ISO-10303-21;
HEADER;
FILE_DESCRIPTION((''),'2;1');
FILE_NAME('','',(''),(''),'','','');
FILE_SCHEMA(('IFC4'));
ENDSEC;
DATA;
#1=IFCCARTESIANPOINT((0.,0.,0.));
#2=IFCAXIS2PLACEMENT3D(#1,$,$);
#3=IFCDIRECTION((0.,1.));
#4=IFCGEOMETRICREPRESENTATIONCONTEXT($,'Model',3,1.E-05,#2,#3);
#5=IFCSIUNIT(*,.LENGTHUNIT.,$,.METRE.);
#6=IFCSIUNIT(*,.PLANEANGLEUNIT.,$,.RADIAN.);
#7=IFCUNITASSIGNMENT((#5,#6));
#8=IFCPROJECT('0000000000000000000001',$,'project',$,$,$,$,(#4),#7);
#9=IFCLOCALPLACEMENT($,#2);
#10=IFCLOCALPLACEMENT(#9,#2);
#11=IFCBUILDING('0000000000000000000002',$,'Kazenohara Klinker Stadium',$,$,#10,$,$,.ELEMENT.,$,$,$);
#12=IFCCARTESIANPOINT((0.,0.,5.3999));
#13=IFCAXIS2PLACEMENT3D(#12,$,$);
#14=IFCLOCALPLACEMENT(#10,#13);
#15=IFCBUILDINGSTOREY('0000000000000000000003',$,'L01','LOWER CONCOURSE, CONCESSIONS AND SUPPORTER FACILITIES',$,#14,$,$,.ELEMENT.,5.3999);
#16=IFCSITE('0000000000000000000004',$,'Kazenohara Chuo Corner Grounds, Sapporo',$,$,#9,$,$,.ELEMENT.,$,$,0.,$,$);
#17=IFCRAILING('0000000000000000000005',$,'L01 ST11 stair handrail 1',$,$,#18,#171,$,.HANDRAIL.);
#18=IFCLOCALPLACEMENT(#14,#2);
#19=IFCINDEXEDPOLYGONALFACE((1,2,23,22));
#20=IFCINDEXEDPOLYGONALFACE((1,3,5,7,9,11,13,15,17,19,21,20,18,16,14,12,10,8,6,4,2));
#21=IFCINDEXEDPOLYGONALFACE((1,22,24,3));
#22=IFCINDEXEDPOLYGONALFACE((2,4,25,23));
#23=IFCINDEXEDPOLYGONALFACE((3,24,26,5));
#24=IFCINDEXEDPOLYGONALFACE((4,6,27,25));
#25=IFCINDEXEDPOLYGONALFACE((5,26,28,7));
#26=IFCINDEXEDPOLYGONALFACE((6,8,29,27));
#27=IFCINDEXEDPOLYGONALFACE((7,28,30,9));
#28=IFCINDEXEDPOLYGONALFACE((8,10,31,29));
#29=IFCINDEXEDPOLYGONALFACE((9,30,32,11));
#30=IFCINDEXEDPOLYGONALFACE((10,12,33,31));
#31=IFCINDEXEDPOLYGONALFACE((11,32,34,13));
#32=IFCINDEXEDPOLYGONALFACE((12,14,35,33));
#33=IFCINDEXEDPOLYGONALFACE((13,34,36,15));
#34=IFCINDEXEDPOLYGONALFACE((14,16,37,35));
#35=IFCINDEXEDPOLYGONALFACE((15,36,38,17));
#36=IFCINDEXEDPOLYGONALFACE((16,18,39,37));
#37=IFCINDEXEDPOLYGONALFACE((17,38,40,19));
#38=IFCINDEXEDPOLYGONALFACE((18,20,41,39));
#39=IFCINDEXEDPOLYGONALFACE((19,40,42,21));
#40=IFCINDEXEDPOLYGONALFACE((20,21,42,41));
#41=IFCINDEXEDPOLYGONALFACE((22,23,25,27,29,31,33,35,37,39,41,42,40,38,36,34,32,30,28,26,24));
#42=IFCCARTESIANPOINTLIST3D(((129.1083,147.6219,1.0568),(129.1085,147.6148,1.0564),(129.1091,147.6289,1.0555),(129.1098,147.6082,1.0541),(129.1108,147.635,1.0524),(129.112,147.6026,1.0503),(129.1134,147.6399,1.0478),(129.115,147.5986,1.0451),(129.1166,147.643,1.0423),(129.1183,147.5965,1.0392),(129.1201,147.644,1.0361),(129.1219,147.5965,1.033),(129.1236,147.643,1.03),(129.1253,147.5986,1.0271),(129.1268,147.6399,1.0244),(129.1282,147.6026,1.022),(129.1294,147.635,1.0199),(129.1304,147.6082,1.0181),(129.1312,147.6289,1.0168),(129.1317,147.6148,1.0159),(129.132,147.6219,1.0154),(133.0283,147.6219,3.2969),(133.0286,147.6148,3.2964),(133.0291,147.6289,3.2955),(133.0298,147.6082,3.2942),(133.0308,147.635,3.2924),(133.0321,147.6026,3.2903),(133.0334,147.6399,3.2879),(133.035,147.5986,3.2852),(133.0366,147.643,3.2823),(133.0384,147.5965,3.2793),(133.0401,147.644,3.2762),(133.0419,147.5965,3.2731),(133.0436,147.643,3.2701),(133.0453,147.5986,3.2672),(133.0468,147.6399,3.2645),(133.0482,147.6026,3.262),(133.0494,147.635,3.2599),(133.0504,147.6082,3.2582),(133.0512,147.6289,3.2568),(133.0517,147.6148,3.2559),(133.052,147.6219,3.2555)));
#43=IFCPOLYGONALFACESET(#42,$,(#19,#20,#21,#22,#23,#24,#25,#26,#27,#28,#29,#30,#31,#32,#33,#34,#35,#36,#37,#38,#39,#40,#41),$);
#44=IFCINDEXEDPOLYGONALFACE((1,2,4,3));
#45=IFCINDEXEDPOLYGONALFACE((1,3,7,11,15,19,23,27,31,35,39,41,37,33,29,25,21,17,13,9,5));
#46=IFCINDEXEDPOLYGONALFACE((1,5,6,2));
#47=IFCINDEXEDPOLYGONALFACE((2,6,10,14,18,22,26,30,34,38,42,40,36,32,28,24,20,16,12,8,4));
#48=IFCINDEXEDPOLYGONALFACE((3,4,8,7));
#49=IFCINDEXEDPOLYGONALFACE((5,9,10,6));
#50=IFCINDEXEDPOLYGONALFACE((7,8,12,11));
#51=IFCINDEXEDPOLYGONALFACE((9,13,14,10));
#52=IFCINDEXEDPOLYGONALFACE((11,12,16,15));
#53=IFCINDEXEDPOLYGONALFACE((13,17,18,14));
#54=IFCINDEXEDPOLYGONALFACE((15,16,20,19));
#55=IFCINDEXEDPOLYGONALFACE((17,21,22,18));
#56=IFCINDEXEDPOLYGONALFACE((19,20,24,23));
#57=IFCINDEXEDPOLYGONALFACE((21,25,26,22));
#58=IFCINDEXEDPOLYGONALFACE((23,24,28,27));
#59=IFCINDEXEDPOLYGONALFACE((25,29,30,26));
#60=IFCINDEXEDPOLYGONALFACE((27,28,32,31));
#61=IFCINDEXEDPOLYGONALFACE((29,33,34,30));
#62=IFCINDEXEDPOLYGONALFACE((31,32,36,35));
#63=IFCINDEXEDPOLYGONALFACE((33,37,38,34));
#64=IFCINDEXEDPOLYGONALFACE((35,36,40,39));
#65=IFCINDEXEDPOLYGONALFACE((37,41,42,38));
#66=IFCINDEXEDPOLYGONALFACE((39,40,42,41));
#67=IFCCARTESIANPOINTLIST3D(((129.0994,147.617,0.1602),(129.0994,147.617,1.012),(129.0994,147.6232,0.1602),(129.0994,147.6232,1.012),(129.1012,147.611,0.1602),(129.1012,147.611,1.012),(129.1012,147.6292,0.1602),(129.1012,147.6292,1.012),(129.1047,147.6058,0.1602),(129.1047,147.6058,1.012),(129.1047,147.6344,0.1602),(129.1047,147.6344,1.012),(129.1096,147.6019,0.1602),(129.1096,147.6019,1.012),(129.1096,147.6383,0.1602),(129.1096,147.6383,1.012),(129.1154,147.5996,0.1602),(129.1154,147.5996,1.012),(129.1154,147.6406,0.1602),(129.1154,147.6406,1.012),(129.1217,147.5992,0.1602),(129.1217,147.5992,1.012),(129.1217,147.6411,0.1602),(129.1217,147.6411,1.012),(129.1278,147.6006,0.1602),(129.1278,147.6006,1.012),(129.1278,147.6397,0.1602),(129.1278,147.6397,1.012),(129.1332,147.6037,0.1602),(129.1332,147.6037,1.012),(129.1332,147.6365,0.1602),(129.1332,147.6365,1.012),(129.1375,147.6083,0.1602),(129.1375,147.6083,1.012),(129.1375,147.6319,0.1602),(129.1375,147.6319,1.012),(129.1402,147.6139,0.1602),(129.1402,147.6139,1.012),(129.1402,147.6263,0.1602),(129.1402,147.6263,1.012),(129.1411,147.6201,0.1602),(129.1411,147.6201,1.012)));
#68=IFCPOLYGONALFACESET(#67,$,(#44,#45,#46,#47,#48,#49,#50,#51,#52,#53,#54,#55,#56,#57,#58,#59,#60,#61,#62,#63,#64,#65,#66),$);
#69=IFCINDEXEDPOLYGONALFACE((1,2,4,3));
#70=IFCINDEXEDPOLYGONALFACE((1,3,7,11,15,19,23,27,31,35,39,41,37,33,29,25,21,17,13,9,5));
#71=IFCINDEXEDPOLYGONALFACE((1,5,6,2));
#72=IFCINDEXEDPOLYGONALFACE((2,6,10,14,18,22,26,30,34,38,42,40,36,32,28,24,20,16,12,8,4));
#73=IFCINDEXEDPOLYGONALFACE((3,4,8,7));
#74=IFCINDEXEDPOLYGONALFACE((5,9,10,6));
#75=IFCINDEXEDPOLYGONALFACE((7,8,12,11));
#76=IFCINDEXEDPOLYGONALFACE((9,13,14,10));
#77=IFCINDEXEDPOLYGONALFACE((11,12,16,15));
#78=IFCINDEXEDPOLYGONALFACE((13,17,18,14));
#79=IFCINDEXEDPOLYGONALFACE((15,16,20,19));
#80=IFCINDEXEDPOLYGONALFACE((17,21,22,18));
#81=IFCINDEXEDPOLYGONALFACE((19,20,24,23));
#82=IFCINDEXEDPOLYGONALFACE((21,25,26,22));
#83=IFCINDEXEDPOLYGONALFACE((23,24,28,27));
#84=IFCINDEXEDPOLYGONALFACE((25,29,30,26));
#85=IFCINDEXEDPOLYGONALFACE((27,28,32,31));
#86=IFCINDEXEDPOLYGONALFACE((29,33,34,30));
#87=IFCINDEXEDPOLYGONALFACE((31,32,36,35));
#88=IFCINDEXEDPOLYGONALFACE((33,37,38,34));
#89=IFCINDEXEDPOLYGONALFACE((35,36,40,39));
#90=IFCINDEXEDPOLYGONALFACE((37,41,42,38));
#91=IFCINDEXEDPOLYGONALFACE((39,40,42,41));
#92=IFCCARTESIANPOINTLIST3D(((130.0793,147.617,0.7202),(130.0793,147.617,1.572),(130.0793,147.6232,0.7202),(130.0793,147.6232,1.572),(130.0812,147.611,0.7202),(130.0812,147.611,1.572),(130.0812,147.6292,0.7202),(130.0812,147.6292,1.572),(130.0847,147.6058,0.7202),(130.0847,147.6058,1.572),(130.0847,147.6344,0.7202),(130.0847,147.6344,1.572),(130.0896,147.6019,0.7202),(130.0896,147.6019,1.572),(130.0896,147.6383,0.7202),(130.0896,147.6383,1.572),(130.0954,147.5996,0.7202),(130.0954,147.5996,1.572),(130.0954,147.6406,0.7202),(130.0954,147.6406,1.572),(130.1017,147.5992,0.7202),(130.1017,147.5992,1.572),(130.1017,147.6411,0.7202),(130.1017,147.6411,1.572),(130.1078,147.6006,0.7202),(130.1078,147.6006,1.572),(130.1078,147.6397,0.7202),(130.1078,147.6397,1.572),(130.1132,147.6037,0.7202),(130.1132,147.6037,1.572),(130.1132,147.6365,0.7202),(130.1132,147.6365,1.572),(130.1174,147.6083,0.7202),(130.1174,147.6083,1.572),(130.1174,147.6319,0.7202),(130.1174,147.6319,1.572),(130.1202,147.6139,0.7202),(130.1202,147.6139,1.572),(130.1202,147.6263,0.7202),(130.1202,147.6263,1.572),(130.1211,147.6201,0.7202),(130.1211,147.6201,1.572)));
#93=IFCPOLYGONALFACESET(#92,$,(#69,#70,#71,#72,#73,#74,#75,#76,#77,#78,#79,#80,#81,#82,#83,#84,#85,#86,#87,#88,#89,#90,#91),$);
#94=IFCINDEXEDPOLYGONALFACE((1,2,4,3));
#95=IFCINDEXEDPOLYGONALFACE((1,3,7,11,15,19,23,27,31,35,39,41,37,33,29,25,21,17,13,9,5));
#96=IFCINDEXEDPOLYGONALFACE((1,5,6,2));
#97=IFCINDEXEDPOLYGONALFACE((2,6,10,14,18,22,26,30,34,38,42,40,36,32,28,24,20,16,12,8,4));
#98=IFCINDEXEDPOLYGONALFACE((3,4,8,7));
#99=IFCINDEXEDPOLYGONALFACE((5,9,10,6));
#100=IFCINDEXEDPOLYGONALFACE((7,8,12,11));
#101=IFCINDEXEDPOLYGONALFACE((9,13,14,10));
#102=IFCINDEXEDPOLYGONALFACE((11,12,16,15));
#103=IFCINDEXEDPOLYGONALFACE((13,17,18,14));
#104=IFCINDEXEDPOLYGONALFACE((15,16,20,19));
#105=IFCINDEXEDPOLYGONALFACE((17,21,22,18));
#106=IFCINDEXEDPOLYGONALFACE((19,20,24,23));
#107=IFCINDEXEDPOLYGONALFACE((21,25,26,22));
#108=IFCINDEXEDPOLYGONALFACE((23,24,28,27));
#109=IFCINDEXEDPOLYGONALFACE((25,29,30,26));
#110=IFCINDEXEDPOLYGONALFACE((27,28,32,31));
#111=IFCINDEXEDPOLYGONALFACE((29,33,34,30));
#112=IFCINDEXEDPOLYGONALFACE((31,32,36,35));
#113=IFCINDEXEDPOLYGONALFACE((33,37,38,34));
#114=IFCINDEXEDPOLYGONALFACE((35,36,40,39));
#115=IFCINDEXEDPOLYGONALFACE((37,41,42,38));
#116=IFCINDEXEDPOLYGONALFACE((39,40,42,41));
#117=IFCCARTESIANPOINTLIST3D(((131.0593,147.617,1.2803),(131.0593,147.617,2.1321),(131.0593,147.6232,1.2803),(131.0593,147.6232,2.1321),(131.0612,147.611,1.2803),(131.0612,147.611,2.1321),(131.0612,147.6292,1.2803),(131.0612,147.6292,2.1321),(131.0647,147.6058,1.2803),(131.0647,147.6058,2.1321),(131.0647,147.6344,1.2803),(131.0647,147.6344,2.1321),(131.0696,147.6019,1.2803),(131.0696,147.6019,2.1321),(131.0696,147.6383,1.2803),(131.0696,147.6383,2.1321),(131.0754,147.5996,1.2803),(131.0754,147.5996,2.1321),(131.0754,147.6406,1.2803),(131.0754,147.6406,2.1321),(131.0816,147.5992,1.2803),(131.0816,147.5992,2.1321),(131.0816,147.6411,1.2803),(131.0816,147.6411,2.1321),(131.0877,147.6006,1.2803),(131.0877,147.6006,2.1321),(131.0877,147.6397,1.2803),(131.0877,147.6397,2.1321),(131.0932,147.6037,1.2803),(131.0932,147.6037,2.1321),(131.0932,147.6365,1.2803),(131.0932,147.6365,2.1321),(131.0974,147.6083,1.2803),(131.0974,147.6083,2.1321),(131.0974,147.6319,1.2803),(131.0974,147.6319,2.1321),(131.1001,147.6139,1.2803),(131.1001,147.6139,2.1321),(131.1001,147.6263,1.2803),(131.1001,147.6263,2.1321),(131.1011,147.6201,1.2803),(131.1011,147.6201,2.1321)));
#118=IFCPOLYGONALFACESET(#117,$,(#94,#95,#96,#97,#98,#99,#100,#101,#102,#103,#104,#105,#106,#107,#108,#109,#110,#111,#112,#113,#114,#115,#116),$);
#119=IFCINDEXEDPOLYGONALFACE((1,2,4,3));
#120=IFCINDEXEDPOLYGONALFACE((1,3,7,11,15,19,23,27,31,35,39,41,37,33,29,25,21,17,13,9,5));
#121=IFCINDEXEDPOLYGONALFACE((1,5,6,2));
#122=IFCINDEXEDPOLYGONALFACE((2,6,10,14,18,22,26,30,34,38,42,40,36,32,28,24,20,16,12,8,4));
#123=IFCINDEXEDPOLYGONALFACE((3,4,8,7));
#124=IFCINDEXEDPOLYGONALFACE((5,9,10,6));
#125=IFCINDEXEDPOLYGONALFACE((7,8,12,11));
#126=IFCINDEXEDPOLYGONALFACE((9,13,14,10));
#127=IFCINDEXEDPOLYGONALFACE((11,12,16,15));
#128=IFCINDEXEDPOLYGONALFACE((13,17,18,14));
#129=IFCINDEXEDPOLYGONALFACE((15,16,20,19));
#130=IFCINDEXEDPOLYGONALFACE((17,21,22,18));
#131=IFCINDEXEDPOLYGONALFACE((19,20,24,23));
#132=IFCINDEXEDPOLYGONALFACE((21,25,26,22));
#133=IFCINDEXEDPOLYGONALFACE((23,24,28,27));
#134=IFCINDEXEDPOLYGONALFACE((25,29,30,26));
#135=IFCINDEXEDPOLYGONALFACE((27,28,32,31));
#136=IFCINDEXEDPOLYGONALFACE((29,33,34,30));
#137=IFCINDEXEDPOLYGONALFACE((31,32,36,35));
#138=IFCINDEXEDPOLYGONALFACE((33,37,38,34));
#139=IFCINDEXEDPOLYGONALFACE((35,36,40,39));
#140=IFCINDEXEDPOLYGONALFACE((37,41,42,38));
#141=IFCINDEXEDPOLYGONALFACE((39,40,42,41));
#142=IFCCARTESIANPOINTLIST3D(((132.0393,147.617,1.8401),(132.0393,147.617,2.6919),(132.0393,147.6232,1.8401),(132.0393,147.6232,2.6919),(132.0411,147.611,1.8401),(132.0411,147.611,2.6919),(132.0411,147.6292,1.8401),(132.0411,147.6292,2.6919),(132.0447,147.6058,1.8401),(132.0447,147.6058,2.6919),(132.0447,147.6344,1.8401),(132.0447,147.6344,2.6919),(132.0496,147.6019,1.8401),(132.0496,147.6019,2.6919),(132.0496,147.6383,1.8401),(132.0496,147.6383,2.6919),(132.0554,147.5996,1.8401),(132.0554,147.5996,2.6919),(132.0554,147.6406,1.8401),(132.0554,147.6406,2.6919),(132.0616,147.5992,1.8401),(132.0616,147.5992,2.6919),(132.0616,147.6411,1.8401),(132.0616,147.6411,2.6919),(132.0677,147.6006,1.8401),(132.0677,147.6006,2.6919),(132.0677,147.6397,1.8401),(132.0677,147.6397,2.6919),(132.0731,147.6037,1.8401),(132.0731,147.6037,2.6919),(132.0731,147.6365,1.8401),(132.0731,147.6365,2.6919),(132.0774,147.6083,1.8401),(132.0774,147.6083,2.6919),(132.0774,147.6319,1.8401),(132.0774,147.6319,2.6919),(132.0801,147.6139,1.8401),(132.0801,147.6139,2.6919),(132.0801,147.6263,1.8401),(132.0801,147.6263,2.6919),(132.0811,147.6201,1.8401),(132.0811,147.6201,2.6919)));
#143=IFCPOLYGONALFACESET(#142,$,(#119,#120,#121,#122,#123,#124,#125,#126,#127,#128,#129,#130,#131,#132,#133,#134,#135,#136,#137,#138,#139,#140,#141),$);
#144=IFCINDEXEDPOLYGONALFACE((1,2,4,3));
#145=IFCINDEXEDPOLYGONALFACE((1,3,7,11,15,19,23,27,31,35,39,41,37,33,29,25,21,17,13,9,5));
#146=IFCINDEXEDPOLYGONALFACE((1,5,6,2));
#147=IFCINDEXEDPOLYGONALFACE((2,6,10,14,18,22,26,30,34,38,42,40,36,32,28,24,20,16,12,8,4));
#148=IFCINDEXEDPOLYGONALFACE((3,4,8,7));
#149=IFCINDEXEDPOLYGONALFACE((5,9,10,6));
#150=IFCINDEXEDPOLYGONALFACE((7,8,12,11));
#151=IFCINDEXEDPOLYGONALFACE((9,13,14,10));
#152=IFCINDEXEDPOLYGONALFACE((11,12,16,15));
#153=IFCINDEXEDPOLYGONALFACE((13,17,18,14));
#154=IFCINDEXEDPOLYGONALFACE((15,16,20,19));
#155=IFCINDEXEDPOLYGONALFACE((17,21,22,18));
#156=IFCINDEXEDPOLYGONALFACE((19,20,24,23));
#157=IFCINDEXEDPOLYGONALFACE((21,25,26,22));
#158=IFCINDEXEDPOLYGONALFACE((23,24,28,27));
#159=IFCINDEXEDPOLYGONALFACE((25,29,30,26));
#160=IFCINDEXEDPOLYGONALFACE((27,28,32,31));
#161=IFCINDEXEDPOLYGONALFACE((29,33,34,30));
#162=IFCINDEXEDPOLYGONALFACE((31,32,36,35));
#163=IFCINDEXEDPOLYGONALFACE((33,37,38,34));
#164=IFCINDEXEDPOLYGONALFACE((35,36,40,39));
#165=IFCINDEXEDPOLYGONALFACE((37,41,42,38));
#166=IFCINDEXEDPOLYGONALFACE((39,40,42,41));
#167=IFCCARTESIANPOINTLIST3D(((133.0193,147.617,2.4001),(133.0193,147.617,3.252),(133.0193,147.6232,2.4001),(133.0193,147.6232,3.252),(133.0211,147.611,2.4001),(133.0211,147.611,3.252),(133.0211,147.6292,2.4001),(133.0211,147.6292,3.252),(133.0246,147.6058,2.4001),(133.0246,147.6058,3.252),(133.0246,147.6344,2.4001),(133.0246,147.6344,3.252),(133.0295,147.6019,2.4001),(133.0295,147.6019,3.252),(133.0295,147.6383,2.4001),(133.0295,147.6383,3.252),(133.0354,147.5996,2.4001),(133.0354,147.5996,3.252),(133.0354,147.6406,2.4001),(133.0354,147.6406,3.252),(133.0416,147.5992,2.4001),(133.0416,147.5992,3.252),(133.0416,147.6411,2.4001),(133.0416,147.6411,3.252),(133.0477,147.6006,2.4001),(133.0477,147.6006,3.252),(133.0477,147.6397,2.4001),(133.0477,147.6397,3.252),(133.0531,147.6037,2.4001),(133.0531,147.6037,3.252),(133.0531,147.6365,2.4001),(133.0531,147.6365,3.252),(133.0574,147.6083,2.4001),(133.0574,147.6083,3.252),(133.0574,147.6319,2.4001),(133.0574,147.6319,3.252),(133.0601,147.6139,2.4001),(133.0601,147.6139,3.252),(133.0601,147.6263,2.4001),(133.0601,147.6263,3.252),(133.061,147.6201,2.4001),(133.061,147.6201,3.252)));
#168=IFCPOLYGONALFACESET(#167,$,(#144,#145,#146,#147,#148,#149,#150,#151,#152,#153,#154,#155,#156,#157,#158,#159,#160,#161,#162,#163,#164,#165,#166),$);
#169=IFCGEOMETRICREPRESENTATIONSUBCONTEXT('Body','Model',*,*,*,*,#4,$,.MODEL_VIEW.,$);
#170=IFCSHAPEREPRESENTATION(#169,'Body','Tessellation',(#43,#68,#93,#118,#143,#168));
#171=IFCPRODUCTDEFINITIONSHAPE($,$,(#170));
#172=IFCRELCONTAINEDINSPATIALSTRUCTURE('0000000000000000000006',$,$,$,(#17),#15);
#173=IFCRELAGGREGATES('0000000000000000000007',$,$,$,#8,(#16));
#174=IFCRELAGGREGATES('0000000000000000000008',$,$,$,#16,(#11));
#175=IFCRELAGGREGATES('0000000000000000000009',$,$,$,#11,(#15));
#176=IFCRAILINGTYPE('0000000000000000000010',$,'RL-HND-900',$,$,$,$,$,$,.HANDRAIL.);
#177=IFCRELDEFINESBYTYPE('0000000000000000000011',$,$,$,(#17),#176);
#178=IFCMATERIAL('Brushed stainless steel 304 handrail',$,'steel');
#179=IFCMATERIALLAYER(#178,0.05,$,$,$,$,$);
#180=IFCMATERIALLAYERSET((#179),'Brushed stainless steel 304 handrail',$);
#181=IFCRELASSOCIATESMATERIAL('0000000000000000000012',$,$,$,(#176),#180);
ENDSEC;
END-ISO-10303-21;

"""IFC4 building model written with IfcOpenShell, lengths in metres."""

from ifc_helpers import new_model, si_unit, direction, frame, origin, origin_2d, place, context, subcontext, project, spatial, circle, extrude, material, layer, layer_set, type_object, element, save


model = new_model("IFC4")

# Units and contexts
model_context = context("Model", 3, precision=1e-05, world=origin(), true_north=direction((0.0, 1.0)))
body_context = subcontext(model_context, "Body", "Model", "MODEL_VIEW")
ifc_project = project(units=[si_unit("LENGTHUNIT", "METRE"), si_unit("PLANEANGLEUNIT", "RADIAN")], contexts=[model_context])

# Site, building, storey
site_placement = place(None, origin())
site = spatial("IfcSite", under=ifc_project, at=site_placement, Name="Kazenohara Chuo Corner Grounds, Sapporo", CompositionType="ELEMENT", RefElevation=0.0)
building_placement = place(site_placement, origin())
building = spatial("IfcBuilding", under=site, at=building_placement, Name="Kazenohara Klinker Stadium", CompositionType="ELEMENT")
storey_placement = place(building_placement, frame((0.0, 0.0, 5.3999)))
storey = spatial("IfcBuildingStorey", under=building, at=storey_placement, Name="L01", Description="LOWER CONCOURSE, CONCESSIONS AND SUPPORTER FACILITIES", CompositionType="ELEMENT", Elevation=5.3999)

# Railing
ifc_material_1 = material(Name="Brushed stainless steel 304 handrail", Category="steel")
ifc_layer_1 = layer(ifc_material_1, 0.05)
ifc_layer_set_1 = layer_set([ifc_layer_1], Name="Brushed stainless steel 304 handrail")
railing_type_1 = type_object("IfcRailingType", Name="RL-HND-900", PredefinedType="HANDRAIL", material=ifc_layer_set_1)
railing_1_placement = place(storey_placement, frame((129.1201, 147.6201, 0.1602)))
element("IfcRailing", 1, at=railing_1_placement, inside=storey, type_object=railing_type_1, Name="L01 ST11 stair handrail 1", PredefinedType="HANDRAIL", context=body_context, shape_type="SweptSolid", body=[
    extrude(circle(Radius=0.0239, at=origin_2d()), frame((0.0, 0.0, 0.876), z_axis=(0.86824, 0.0, 0.496145), x_axis=(0.0, 1.0, 0.0)), (0.0, 0.0, 1.0), 4.5149),
    extrude(circle(Radius=0.021, at=origin_2d()), origin(), (0.0, 0.0, 1.0), 0.8518),
    extrude(circle(Radius=0.021, at=origin_2d()), frame((0.98, 0.0, 0.5601)), (0.0, 0.0, 1.0), 0.8518),
    extrude(circle(Radius=0.021, at=origin_2d()), frame((1.96, 0.0, 1.1201)), (0.0, 0.0, 1.0), 0.8518),
    extrude(circle(Radius=0.021, at=origin_2d()), frame((2.9399, 0.0, 1.6799)), (0.0, 0.0, 1.0), 0.8518),
    extrude(circle(Radius=0.021, at=origin_2d()), frame((3.9199, 0.0, 2.24)), (0.0, 0.0, 1.0), 0.8518),
])

save(model, "model.ifc")
